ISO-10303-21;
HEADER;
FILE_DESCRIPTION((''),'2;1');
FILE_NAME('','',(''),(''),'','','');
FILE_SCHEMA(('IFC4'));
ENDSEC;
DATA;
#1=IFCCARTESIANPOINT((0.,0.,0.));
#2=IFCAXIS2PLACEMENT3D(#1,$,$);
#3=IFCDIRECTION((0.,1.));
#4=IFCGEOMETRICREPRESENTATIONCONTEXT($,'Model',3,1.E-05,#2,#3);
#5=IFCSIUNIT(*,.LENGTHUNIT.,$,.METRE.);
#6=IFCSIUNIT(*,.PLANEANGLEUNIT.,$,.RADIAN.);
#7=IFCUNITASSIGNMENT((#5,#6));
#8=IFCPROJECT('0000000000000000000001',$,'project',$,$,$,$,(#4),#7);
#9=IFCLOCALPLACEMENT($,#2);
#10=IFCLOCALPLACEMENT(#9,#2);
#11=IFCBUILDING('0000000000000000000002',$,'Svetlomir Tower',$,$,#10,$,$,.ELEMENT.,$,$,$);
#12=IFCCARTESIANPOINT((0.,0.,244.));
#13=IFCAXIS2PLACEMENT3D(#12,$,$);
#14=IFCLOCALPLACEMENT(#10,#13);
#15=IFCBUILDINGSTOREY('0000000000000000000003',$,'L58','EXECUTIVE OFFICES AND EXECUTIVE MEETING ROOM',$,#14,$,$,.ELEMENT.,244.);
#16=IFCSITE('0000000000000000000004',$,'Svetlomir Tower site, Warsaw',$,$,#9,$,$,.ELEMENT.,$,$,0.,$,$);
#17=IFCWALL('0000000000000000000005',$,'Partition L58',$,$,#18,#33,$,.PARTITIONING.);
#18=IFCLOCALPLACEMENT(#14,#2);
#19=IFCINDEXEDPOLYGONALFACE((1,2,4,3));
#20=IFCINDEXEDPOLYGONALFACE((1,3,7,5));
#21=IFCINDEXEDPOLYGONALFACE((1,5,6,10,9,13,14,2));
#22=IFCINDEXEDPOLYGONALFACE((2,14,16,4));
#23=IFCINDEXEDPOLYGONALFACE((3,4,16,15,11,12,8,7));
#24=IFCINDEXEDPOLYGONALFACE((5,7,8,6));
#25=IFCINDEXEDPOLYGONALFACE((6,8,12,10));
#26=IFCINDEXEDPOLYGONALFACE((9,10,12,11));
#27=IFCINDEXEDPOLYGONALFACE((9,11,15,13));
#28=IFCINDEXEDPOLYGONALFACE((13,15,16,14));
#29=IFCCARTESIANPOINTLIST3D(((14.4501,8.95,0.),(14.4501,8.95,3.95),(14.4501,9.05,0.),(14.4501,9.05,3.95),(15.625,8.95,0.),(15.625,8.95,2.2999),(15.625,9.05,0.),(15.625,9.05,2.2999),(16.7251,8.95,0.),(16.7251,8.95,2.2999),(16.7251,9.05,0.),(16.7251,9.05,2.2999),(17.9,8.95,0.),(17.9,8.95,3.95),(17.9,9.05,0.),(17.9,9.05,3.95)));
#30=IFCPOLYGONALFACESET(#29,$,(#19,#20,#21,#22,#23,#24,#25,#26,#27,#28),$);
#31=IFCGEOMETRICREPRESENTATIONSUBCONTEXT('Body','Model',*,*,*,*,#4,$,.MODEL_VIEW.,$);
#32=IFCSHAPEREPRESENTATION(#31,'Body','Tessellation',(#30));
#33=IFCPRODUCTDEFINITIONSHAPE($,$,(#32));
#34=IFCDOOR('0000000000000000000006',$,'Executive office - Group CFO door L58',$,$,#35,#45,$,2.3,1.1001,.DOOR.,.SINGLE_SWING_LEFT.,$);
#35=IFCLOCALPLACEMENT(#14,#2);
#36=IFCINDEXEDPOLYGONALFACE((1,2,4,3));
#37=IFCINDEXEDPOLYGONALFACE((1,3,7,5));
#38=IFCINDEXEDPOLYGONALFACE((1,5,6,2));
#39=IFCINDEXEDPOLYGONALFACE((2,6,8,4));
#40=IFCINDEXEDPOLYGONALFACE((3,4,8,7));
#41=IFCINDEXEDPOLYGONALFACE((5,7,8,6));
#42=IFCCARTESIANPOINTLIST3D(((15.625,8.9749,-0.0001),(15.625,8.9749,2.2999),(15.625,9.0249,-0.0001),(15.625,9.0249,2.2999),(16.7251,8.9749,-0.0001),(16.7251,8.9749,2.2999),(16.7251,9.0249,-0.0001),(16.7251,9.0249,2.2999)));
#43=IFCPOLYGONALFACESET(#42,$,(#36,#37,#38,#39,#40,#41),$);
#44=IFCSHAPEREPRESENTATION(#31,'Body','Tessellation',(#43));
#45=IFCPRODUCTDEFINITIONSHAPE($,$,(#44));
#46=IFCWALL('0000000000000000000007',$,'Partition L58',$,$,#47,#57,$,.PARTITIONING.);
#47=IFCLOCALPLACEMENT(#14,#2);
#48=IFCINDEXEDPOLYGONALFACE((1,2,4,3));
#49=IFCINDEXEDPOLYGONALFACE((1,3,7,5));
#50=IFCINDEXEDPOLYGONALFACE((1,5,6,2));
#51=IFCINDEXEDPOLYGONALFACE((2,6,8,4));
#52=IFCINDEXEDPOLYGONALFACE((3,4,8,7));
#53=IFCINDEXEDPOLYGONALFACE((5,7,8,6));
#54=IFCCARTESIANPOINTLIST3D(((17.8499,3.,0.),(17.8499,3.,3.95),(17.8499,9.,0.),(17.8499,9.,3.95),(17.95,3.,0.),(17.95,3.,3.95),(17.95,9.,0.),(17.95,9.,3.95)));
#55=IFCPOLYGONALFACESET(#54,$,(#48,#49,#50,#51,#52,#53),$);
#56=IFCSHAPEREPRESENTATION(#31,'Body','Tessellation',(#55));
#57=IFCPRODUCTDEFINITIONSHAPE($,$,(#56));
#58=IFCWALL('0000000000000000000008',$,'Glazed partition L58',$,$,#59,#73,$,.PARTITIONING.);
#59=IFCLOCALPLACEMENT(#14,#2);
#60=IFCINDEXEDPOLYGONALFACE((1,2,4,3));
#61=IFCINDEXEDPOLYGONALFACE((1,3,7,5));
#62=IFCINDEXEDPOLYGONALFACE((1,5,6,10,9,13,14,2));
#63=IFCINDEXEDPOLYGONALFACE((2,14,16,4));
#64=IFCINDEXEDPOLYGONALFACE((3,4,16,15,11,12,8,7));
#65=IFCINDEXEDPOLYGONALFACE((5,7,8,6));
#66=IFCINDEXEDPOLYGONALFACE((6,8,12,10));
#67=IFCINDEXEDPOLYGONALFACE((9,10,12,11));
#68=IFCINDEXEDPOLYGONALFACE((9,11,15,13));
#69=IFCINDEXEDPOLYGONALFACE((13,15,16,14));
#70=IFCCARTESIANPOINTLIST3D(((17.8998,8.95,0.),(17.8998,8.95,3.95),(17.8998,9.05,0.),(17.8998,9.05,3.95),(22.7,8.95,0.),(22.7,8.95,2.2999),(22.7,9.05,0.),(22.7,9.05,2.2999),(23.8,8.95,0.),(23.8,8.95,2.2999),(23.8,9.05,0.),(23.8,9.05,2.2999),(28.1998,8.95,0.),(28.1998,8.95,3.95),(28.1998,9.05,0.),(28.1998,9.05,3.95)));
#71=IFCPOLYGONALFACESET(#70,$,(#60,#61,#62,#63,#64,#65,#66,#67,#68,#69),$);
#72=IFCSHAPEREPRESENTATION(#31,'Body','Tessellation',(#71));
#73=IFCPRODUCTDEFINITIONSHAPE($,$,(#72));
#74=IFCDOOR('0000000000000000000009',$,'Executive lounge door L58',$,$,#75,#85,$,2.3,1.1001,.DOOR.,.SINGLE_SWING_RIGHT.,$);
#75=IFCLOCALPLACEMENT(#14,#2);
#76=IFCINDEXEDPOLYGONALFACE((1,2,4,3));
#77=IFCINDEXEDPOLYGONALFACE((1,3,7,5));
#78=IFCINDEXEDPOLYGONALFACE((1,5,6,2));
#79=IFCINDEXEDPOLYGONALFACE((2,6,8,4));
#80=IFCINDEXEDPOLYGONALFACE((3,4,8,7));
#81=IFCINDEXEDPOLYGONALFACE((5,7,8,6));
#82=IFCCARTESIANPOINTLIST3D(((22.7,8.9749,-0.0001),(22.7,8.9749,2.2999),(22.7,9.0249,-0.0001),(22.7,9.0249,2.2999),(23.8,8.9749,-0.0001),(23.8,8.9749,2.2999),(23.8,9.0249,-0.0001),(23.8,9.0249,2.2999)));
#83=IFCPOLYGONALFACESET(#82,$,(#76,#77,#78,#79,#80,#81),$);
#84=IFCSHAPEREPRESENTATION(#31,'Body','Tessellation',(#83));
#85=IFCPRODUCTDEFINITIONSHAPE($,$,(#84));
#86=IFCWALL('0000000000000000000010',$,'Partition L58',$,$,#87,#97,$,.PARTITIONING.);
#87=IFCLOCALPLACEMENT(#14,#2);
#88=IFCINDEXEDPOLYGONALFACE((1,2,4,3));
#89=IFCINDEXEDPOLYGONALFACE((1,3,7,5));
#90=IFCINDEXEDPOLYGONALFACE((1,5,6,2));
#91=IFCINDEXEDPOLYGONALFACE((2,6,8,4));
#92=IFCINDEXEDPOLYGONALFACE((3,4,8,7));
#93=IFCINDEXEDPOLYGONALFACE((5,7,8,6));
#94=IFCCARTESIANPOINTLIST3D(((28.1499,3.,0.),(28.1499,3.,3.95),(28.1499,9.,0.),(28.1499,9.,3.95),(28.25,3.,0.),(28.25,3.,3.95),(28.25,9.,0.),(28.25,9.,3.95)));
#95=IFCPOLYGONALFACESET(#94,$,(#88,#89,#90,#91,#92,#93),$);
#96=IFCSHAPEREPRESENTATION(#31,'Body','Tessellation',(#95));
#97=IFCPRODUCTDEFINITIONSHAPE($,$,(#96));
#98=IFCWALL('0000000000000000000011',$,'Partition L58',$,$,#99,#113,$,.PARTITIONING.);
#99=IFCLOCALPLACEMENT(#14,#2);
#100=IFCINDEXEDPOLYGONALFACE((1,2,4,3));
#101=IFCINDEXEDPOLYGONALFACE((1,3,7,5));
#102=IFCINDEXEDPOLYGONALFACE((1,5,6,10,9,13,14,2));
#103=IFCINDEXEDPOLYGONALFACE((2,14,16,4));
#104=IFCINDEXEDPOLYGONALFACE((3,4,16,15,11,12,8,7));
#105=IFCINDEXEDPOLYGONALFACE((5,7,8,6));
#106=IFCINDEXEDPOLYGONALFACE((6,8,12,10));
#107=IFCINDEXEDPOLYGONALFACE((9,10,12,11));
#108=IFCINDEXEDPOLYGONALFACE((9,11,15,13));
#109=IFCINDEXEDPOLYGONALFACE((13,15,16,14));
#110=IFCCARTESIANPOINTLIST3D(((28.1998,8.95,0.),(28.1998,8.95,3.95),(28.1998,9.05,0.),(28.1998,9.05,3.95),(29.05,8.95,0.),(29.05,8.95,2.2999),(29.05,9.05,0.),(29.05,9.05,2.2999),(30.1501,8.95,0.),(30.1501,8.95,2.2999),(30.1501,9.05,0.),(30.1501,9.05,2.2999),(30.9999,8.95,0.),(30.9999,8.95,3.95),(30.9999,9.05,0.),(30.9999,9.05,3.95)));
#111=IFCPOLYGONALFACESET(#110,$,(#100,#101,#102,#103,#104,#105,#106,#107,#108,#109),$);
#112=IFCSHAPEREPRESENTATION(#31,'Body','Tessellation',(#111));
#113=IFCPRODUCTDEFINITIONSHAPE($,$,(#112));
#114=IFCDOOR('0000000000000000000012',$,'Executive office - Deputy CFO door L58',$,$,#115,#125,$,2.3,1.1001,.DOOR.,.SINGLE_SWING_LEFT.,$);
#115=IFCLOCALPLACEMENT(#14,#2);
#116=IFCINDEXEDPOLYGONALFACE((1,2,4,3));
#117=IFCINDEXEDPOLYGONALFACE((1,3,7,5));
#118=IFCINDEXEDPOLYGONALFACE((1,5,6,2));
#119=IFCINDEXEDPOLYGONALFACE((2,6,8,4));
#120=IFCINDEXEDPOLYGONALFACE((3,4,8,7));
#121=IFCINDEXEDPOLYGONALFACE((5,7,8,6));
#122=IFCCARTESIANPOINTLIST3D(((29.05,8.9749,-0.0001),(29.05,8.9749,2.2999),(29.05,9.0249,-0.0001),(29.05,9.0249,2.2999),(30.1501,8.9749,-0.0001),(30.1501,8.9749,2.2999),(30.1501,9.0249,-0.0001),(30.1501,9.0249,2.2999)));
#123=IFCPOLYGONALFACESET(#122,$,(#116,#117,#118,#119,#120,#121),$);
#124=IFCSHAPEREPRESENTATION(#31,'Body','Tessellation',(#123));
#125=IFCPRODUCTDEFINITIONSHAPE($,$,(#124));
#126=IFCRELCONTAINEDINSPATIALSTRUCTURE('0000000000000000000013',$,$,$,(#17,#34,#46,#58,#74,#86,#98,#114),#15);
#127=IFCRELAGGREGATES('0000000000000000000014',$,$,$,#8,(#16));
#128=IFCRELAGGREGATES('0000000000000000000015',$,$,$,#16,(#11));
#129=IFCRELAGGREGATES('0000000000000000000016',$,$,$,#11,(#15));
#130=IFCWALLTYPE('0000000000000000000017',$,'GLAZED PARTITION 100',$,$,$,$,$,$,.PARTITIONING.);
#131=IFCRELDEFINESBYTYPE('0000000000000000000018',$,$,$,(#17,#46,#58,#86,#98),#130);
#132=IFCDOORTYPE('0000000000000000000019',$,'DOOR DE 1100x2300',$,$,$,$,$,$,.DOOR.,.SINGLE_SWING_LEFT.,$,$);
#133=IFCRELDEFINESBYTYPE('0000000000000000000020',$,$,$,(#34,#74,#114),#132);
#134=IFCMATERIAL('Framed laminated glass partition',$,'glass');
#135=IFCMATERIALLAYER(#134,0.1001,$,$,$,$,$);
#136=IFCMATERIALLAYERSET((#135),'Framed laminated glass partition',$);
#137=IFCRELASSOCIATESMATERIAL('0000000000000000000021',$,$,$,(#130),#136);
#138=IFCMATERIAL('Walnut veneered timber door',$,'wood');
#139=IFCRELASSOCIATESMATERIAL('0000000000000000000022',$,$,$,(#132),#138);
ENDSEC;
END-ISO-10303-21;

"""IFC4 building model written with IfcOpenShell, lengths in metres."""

from ifc_helpers import new_model, si_unit, direction, frame, frame_2d, origin, place, context, subcontext, project, spatial, rectangle, extrude, material, layer, layer_set, type_object, element, fill, save


model = new_model("IFC4")

# Units and contexts
model_context = context("Model", 3, precision=1e-05, world=origin(), true_north=direction((0.0, 1.0)))
body_context = subcontext(model_context, "Body", "Model", "MODEL_VIEW")
ifc_project = project(units=[si_unit("LENGTHUNIT", "METRE"), si_unit("PLANEANGLEUNIT", "RADIAN")], contexts=[model_context])

# Site, building, storey
site_placement = place(None, origin())
site = spatial("IfcSite", under=ifc_project, at=site_placement, Name="Svetlomir Tower site, Warsaw", CompositionType="ELEMENT", RefElevation=0.0)
building_placement = place(site_placement, origin())
building = spatial("IfcBuilding", under=site, at=building_placement, Name="Svetlomir Tower", CompositionType="ELEMENT")
storey_placement = place(building_placement, frame((0.0, 0.0, 244.0)))
storey = spatial("IfcBuildingStorey", under=building, at=storey_placement, Name="L58", Description="EXECUTIVE OFFICES AND EXECUTIVE MEETING ROOM", CompositionType="ELEMENT", Elevation=244.0)

# Shared definitions
ifc_material_1 = material(Name="Framed laminated glass partition", Category="glass")
ifc_layer_1 = layer(ifc_material_1, 0.1001)
ifc_layer_set_1 = layer_set([ifc_layer_1], Name="Framed laminated glass partition")
wall_type_1 = type_object("IfcWallType", Name="GLAZED PARTITION 100", PredefinedType="PARTITIONING", material=ifc_layer_set_1)

# Wall, opening, door
wall_1_placement = place(storey_placement, frame((14.45, 9.0, 0.0), z_axis=(0.0, 0.0, 1.0), x_axis=(1.0, 0.0, 0.0)))
wall_1 = element("IfcWall", 1, at=wall_1_placement, inside=storey, type_object=wall_type_1, Name="Partition L58", PredefinedType="PARTITIONING", context=body_context, shape_type="SweptSolid", body=[
    extrude(rectangle(XDim=3.45, YDim=0.1001, at=frame_2d((1.7251, 0.0))), origin(), (0.0, 0.0, 1.0), 3.95),
])
opening_1_placement = place(wall_1_placement, frame((1.175, 0.0, 0.0)))
opening_1 = element("IfcOpeningElement", 2, at=opening_1_placement, cuts=wall_1, PredefinedType="OPENING", context=body_context, shape_type="SweptSolid", body=[
    extrude(rectangle(XDim=1.1001, YDim=2.3, at=frame_2d((0.55, 1.1499))), frame((0.0, 0.0601, 0.0), z_axis=(0.0, -1.0, 0.0), x_axis=(1.0, 0.0, 0.0)), (0.0, 0.0, 1.0), 0.1201),
])
ifc_material_2 = material(Name="Walnut veneered timber door", Category="wood")
door_type_1 = type_object("IfcDoorType", Name="DOOR DE 1100x2300", OperationType="SINGLE_SWING_LEFT", PredefinedType="DOOR", material=ifc_material_2)
door_1_placement = place(opening_1_placement, origin())
door_1 = element("IfcDoor", 3, at=door_1_placement, inside=storey, type_object=door_type_1, Name="Executive office - Group CFO door L58", OperationType="SINGLE_SWING_LEFT", OverallHeight=2.3, OverallWidth=1.1001, PredefinedType="DOOR", context=body_context, shape_type="SweptSolid", body=[
    extrude(rectangle(XDim=1.1001, YDim=2.3, at=frame_2d((0.55, 1.1499))), frame((0.0, 0.0249, 0.0), z_axis=(0.0, -1.0, 0.0), x_axis=(1.0, 0.0, 0.0)), (0.0, 0.0, 1.0), 0.05),
])
fill(opening_1, door_1)

# Wall
wall_2_placement = place(storey_placement, frame((17.8999, 3.0, 0.0), z_axis=(0.0, 0.0, 1.0), x_axis=(0.0, 1.0, 0.0)))
element("IfcWall", 4, at=wall_2_placement, inside=storey, type_object=wall_type_1, Name="Partition L58", PredefinedType="PARTITIONING", context=body_context, shape_type="SweptSolid", body=[
    extrude(rectangle(XDim=6.0, YDim=0.1001, at=frame_2d((3.0, 0.0))), origin(), (0.0, 0.0, 1.0), 3.95),
])

# Wall, opening, door
wall_3_placement = place(storey_placement, frame((17.8999, 9.0, 0.0), z_axis=(0.0, 0.0, 1.0), x_axis=(1.0, 0.0, 0.0)))
wall_3 = element("IfcWall", 5, at=wall_3_placement, inside=storey, type_object=wall_type_1, Name="Glazed partition L58", PredefinedType="PARTITIONING", context=body_context, shape_type="SweptSolid", body=[
    extrude(rectangle(XDim=10.3, YDim=0.1001, at=frame_2d((5.1499, 0.0))), origin(), (0.0, 0.0, 1.0), 3.95),
])
opening_2_placement = place(wall_3_placement, frame((4.8, 0.0, 0.0)))
opening_2 = element("IfcOpeningElement", 6, at=opening_2_placement, cuts=wall_3, PredefinedType="OPENING", context=body_context, shape_type="SweptSolid", body=[
    extrude(rectangle(XDim=1.1001, YDim=2.3, at=frame_2d((0.55, 1.1499))), frame((0.0, 0.0601, 0.0), z_axis=(0.0, -1.0, 0.0), x_axis=(1.0, 0.0, 0.0)), (0.0, 0.0, 1.0), 0.1201),
])
door_2_placement = place(opening_2_placement, origin())
door_2 = element("IfcDoor", 7, at=door_2_placement, inside=storey, type_object=door_type_1, Name="Executive lounge door L58", OperationType="SINGLE_SWING_RIGHT", OverallHeight=2.3, OverallWidth=1.1001, PredefinedType="DOOR", context=body_context, shape_type="SweptSolid", body=[
    extrude(rectangle(XDim=1.1001, YDim=2.3, at=frame_2d((0.55, 1.1499))), frame((0.0, 0.0249, 0.0), z_axis=(0.0, -1.0, 0.0), x_axis=(1.0, 0.0, 0.0)), (0.0, 0.0, 1.0), 0.05),
])
fill(opening_2, door_2)

# Wall
wall_4_placement = place(storey_placement, frame((28.2, 3.0, 0.0), z_axis=(0.0, 0.0, 1.0), x_axis=(0.0, 1.0, 0.0)))
element("IfcWall", 8, at=wall_4_placement, inside=storey, type_object=wall_type_1, Name="Partition L58", PredefinedType="PARTITIONING", context=body_context, shape_type="SweptSolid", body=[
    extrude(rectangle(XDim=6.0, YDim=0.1001, at=frame_2d((3.0, 0.0))), origin(), (0.0, 0.0, 1.0), 3.95),
])

# Wall, opening, door
wall_5_placement = place(storey_placement, frame((28.2, 9.0, 0.0), z_axis=(0.0, 0.0, 1.0), x_axis=(1.0, 0.0, 0.0)))
wall_5 = element("IfcWall", 9, at=wall_5_placement, inside=storey, type_object=wall_type_1, Name="Partition L58", PredefinedType="PARTITIONING", context=body_context, shape_type="SweptSolid", body=[
    extrude(rectangle(XDim=2.8, YDim=0.1001, at=frame_2d((1.3999, 0.0))), origin(), (0.0, 0.0, 1.0), 3.95),
])
opening_3_placement = place(wall_5_placement, frame((0.8501, 0.0, 0.0)))
opening_3 = element("IfcOpeningElement", 10, at=opening_3_placement, cuts=wall_5, PredefinedType="OPENING", context=body_context, shape_type="SweptSolid", body=[
    extrude(rectangle(XDim=1.1001, YDim=2.3, at=frame_2d((0.55, 1.1499))), frame((0.0, 0.0601, 0.0), z_axis=(0.0, -1.0, 0.0), x_axis=(1.0, 0.0, 0.0)), (0.0, 0.0, 1.0), 0.1201),
])
door_3_placement = place(opening_3_placement, origin())
door_3 = element("IfcDoor", 11, at=door_3_placement, inside=storey, type_object=door_type_1, Name="Executive office - Deputy CFO door L58", OperationType="SINGLE_SWING_LEFT", OverallHeight=2.3, OverallWidth=1.1001, PredefinedType="DOOR", context=body_context, shape_type="SweptSolid", body=[
    extrude(rectangle(XDim=1.1001, YDim=2.3, at=frame_2d((0.55, 1.1499))), frame((0.0, 0.0249, 0.0), z_axis=(0.0, -1.0, 0.0), x_axis=(1.0, 0.0, 0.0)), (0.0, 0.0, 1.0), 0.05),
])
fill(opening_3, door_3)

save(model, "model.ifc")
